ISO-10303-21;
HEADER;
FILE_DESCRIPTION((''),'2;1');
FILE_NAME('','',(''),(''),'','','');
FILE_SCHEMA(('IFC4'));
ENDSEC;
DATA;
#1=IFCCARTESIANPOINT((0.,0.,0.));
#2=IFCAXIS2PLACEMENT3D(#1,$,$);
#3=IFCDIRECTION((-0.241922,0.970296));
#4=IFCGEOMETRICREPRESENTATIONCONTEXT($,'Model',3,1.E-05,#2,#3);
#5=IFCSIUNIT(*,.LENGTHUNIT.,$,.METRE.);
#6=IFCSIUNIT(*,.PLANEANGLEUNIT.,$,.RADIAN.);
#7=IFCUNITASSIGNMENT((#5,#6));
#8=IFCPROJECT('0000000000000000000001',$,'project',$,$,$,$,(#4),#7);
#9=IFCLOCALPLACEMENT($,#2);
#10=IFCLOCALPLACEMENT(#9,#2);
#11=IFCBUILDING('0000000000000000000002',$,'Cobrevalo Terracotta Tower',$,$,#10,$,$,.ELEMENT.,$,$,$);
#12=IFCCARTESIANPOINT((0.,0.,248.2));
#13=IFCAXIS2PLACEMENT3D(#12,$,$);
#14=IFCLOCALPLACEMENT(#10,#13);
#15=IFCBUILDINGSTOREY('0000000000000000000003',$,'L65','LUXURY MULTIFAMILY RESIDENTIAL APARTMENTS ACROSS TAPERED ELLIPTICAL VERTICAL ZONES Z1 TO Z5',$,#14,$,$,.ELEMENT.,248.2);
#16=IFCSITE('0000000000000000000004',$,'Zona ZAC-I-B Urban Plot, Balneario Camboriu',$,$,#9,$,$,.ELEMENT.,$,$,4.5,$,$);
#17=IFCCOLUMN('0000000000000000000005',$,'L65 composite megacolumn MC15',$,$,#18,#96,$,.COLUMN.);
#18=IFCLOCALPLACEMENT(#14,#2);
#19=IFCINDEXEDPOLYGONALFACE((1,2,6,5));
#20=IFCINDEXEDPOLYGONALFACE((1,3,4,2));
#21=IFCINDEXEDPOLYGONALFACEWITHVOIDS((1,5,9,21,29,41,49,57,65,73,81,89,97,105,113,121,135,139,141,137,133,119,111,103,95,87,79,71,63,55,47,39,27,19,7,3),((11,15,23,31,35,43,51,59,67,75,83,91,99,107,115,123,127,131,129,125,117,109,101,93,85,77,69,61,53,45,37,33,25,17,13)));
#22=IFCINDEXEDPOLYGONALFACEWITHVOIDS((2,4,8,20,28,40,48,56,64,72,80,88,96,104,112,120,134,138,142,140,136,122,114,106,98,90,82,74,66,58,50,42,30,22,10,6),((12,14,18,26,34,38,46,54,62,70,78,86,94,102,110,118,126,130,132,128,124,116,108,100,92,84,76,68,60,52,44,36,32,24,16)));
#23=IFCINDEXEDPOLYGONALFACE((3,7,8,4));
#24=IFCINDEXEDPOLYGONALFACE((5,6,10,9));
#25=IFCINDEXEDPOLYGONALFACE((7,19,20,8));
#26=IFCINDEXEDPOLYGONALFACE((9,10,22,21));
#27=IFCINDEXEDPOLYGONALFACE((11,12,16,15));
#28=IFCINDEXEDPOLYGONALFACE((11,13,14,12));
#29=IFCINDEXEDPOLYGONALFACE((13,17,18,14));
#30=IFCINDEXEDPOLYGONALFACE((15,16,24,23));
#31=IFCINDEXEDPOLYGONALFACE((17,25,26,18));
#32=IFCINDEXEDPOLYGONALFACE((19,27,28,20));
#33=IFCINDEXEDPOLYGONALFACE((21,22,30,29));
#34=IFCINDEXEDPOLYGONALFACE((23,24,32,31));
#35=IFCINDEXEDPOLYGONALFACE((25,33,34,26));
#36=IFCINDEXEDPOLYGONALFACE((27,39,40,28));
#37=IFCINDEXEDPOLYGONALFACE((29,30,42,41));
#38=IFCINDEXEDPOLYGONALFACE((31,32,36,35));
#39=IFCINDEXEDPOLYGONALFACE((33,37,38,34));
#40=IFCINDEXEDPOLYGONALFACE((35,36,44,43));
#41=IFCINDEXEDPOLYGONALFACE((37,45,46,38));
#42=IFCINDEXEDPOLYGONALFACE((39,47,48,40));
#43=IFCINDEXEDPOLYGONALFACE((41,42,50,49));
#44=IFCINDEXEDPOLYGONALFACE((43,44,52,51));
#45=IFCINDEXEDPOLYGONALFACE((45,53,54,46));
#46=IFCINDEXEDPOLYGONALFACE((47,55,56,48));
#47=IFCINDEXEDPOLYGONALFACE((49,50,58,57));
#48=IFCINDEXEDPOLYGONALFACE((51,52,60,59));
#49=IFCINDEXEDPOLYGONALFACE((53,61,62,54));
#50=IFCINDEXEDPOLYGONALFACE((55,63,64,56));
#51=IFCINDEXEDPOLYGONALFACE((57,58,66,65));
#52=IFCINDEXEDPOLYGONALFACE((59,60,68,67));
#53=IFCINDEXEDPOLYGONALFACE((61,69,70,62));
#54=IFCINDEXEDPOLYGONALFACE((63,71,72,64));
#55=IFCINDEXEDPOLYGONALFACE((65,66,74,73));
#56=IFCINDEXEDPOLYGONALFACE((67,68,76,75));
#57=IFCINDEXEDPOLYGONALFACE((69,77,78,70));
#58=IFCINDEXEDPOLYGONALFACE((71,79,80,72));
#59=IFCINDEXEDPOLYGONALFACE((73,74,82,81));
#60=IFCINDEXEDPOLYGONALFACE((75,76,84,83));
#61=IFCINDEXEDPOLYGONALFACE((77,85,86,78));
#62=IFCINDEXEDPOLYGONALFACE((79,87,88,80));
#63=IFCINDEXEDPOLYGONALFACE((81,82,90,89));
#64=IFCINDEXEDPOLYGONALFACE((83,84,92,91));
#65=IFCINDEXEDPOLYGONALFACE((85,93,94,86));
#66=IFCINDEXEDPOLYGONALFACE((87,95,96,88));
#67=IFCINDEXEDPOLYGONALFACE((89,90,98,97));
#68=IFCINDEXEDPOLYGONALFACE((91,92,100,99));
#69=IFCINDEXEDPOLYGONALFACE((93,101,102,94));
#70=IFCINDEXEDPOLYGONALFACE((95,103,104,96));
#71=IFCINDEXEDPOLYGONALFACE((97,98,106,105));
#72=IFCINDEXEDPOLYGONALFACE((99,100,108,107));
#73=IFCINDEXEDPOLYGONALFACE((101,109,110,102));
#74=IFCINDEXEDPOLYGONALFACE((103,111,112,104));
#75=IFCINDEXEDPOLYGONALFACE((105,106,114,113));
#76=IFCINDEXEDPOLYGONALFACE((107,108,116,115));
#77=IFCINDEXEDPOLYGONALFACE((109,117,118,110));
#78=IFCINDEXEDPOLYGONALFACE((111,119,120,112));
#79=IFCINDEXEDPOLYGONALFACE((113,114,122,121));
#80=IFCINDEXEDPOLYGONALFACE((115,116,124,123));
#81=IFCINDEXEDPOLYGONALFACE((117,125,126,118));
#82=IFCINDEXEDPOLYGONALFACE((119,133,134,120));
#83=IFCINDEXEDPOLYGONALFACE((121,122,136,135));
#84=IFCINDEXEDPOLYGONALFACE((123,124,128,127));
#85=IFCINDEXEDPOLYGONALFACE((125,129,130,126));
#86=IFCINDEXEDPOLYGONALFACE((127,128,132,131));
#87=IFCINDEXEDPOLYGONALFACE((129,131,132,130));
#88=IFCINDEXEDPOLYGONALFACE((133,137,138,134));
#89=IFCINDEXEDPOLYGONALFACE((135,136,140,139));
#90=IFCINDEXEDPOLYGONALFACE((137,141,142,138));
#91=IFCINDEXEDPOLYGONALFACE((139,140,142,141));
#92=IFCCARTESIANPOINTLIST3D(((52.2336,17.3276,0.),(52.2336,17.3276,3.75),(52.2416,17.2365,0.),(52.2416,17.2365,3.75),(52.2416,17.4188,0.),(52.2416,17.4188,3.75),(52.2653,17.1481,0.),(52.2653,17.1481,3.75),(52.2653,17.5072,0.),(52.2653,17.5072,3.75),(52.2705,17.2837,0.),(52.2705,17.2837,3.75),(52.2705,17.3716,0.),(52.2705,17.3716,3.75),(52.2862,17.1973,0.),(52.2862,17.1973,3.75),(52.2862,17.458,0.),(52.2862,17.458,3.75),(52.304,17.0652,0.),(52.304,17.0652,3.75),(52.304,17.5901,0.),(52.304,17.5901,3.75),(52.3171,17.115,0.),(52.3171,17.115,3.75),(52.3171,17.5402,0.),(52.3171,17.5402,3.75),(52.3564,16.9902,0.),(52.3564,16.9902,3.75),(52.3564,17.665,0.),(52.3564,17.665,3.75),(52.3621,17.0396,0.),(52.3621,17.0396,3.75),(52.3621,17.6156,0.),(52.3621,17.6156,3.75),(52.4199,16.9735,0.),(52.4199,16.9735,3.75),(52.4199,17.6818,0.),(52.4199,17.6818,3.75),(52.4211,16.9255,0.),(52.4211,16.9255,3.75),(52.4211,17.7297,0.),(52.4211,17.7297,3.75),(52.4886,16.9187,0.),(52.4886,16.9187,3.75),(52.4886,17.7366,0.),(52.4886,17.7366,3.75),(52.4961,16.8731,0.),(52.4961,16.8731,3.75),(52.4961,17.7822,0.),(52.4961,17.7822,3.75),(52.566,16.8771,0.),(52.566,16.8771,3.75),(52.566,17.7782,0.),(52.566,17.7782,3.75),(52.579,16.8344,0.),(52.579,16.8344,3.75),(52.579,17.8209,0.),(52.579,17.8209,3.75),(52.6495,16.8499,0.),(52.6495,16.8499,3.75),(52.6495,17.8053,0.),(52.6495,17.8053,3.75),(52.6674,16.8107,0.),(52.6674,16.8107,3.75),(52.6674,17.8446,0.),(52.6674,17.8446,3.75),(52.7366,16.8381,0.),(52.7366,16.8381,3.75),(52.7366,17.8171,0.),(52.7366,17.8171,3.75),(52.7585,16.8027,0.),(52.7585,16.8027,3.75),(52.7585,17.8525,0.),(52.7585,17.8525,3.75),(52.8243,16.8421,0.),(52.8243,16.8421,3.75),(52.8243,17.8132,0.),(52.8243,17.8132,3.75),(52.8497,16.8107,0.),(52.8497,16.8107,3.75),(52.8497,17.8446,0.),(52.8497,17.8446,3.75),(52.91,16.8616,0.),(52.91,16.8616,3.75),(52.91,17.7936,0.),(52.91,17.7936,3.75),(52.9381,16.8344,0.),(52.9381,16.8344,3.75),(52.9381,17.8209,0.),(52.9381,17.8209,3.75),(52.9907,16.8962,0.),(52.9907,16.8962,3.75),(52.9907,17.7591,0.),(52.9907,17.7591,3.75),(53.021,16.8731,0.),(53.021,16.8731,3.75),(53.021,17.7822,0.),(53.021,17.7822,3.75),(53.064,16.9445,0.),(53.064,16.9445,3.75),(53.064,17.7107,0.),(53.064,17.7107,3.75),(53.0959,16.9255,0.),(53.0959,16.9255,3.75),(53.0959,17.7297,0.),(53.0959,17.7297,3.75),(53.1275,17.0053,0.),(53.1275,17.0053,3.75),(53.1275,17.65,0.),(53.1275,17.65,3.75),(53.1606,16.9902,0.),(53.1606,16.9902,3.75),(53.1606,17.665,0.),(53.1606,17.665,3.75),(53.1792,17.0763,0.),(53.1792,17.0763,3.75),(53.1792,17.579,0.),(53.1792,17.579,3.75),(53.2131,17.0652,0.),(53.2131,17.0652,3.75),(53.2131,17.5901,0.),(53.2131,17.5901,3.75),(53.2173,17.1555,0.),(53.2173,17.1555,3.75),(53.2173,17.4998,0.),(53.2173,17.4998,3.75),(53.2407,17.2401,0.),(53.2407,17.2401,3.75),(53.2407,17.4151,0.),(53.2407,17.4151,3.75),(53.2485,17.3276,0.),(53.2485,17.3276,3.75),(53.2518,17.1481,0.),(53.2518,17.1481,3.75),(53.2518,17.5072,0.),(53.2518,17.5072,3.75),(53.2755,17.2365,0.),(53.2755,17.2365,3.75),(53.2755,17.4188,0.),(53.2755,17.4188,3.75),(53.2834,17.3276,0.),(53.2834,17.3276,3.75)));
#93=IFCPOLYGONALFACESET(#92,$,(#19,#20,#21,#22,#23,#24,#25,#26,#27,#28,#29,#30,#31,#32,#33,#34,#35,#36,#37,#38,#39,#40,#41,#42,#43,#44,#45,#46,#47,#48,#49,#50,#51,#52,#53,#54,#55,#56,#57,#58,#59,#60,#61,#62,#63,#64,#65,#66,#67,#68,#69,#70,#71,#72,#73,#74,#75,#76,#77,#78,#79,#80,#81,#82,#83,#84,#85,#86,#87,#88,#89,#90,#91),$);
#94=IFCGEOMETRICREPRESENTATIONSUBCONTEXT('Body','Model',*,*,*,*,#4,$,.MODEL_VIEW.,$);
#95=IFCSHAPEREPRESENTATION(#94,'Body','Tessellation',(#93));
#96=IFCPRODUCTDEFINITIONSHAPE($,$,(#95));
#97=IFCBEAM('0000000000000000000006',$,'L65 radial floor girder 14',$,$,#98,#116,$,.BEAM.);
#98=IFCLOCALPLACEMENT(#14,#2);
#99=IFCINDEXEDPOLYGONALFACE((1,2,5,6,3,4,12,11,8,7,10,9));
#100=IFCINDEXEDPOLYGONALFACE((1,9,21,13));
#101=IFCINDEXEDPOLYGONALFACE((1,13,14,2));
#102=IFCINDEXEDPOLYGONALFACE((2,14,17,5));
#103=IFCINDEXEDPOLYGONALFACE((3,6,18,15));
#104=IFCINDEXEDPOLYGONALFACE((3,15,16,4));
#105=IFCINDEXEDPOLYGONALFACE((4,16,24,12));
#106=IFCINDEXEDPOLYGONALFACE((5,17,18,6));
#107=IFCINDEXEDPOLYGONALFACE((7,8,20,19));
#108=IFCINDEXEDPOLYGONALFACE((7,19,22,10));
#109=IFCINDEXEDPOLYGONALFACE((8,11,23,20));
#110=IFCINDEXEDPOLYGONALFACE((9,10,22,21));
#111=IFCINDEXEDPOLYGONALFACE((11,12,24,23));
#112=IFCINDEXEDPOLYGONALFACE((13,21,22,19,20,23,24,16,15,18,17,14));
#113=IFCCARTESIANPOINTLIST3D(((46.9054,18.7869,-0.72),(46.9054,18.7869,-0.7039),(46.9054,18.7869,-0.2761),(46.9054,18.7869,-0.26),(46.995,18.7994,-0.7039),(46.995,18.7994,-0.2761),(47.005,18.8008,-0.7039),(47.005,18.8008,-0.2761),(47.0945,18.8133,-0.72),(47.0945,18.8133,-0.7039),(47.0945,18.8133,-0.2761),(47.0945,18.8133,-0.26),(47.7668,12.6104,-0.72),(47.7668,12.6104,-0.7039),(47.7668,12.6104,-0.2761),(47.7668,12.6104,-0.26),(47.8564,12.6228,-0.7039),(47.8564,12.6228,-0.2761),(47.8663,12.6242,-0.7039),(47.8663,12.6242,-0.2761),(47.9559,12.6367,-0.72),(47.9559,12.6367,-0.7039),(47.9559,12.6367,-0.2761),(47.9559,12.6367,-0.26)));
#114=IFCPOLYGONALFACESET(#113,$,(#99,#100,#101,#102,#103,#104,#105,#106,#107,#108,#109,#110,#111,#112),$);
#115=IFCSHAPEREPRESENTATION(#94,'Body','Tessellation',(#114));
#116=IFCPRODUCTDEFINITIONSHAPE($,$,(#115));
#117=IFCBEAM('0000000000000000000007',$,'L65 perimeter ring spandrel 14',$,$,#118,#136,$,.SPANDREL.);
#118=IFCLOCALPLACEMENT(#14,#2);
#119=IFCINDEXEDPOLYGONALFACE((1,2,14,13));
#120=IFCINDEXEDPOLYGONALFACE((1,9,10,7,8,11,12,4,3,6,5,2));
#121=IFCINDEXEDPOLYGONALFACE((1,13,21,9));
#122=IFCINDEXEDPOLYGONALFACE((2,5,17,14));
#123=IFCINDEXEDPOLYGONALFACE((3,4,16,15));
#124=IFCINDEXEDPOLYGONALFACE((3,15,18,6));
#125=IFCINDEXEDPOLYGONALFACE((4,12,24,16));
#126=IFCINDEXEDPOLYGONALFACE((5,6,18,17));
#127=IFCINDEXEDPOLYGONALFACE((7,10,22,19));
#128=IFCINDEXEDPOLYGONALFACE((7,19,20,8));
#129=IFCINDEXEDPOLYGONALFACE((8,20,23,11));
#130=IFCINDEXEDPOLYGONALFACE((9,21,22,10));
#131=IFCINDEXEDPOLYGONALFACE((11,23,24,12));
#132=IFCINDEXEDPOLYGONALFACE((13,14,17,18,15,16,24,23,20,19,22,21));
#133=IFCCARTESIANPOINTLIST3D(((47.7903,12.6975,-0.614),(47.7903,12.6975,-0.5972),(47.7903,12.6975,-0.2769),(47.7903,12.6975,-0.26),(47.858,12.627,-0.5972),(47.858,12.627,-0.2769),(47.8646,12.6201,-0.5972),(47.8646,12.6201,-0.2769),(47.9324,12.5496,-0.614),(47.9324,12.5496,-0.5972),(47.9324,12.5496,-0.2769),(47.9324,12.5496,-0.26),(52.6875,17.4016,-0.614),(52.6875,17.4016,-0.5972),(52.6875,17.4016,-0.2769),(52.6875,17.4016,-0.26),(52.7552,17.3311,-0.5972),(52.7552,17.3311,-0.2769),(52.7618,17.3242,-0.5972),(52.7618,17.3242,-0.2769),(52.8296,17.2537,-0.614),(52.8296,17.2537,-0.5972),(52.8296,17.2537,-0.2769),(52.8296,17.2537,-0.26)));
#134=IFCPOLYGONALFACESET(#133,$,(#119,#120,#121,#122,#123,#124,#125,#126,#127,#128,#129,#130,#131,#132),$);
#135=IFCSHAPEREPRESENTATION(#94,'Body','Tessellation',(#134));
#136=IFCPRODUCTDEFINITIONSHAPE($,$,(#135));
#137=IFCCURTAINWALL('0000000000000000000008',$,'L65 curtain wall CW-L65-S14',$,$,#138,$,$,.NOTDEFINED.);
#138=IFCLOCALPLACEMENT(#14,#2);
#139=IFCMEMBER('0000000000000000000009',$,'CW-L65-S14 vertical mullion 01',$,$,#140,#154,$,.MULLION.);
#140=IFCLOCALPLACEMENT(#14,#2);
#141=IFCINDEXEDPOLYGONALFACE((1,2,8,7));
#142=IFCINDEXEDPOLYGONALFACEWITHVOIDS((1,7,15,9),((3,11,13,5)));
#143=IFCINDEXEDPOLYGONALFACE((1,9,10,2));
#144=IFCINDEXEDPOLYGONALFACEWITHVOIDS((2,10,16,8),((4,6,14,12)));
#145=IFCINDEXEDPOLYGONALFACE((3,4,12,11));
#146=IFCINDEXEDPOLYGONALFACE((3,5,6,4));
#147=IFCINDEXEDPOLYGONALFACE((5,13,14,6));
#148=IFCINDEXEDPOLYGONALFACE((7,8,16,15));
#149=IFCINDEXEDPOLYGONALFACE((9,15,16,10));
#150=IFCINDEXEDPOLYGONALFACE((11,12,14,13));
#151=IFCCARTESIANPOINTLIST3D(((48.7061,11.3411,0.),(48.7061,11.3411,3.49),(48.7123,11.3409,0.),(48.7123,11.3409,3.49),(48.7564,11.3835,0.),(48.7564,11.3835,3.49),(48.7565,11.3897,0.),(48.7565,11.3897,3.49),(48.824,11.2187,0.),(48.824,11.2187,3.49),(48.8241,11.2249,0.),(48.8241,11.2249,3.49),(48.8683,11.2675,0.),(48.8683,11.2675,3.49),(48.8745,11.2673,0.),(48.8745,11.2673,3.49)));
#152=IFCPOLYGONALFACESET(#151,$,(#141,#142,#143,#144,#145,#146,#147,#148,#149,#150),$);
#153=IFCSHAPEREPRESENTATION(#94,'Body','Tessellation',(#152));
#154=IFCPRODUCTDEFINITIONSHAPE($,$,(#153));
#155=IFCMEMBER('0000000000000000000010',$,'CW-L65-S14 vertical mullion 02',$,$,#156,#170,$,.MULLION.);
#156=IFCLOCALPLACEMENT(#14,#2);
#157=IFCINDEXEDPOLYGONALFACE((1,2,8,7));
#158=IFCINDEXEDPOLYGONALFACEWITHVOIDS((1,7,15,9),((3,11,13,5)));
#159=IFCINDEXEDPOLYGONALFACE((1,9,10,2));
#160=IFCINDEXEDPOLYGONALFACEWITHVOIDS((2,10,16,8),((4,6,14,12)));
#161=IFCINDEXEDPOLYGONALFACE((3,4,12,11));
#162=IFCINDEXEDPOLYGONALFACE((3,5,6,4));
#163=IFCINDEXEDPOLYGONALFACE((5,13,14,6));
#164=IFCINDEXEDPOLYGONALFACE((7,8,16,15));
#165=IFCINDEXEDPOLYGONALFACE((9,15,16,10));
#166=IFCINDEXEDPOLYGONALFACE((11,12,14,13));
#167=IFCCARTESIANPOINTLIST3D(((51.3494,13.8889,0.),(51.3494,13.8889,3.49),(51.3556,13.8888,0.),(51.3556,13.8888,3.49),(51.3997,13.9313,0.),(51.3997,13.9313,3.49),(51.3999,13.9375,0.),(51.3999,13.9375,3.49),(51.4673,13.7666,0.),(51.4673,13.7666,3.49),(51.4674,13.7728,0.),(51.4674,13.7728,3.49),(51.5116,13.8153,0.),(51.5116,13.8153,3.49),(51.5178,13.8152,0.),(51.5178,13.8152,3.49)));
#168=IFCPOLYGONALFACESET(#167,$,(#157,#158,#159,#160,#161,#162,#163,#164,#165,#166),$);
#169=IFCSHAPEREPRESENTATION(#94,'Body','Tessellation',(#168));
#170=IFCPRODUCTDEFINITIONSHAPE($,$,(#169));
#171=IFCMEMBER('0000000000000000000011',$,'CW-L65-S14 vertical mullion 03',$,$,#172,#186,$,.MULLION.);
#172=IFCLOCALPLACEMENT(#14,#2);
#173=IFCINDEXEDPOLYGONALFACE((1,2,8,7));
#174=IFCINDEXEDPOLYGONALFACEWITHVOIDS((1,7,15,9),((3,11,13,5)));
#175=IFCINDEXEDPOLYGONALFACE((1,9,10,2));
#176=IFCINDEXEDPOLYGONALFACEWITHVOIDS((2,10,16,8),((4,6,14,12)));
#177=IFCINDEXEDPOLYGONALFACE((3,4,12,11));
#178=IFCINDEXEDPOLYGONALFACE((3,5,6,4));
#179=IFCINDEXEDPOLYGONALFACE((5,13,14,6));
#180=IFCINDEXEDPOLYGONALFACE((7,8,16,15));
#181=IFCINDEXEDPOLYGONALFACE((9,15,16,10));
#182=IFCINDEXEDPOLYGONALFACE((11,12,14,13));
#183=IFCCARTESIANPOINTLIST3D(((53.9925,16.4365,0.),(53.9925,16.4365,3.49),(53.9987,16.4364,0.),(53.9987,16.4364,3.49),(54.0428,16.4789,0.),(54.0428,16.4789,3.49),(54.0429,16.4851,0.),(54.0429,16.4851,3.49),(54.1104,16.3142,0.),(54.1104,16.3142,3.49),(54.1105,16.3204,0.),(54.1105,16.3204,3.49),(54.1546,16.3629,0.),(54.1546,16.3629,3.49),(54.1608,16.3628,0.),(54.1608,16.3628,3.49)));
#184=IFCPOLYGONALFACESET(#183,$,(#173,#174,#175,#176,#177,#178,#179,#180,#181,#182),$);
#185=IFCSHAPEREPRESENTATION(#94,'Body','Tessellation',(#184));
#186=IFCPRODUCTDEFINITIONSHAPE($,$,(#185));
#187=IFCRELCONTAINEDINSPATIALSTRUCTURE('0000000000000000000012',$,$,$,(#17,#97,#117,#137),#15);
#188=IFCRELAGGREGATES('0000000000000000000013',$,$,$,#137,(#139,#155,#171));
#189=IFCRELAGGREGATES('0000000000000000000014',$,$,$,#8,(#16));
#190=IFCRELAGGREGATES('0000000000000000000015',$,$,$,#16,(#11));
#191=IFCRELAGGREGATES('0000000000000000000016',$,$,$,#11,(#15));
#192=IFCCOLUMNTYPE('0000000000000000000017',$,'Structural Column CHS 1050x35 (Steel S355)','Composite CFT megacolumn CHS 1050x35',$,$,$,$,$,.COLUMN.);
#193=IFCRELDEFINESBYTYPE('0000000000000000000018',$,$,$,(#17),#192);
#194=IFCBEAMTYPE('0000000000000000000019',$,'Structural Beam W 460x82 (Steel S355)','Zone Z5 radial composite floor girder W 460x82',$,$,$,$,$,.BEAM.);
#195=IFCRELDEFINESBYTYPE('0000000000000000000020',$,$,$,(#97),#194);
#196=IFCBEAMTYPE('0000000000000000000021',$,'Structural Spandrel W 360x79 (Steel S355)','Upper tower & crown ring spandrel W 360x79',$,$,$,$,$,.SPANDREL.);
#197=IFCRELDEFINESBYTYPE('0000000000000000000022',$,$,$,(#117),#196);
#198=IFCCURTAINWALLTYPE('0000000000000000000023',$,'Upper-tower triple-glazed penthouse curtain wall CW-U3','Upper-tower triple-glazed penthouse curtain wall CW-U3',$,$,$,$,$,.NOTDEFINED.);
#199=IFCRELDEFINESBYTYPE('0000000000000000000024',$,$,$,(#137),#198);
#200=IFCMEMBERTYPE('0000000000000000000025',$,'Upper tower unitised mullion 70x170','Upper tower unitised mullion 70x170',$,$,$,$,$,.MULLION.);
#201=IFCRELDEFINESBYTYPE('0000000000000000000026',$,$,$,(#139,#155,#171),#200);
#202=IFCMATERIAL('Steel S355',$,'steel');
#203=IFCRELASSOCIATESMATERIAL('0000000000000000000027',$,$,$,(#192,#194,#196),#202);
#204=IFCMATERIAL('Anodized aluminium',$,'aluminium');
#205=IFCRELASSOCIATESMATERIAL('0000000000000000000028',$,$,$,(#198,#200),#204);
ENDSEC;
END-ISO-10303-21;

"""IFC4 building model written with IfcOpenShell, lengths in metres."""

from ifc_helpers import new_model, si_unit, direction, frame, origin, origin_2d, place, context, subcontext, project, spatial, hollow_rectangle, hollow_circle, i_section, extrude, source, transform, mapped, material, material_profile, profile_set, type_object, element, aggregate, save


model = new_model("IFC4")

# Units and contexts
model_context = context("Model", 3, precision=1e-05, world=origin(), true_north=direction((-0.241922, 0.970296)))
body_context = subcontext(model_context, "Body", "Model", "MODEL_VIEW")
ifc_project = project(units=[si_unit("LENGTHUNIT", "METRE"), si_unit("PLANEANGLEUNIT", "RADIAN")], contexts=[model_context])

# Site, building, storey
site_placement = place(None, origin())
site = spatial("IfcSite", under=ifc_project, at=site_placement, Name="Zona ZAC-I-B Urban Plot, Balneario Camboriu", CompositionType="ELEMENT", RefElevation=4.5)
building_placement = place(site_placement, origin())
building = spatial("IfcBuilding", under=site, at=building_placement, Name="Cobrevalo Terracotta Tower", CompositionType="ELEMENT")
storey_placement = place(building_placement, frame((0.0, 0.0, 248.2)))
storey = spatial("IfcBuildingStorey", under=building, at=storey_placement, Name="L65", Description="LUXURY MULTIFAMILY RESIDENTIAL APARTMENTS ACROSS TAPERED ELLIPTICAL VERTICAL ZONES Z1 TO Z5", CompositionType="ELEMENT", Elevation=248.2)

# Column
ifc_material_1 = material(Name="Steel S355", Category="steel")
ifc_material_profile_1 = material_profile(ifc_material_1, hollow_circle(Radius=0.5249, WallThickness=0.0349, at=origin_2d()), Name="CHS 1050x35")
ifc_profile_set_1 = profile_set([ifc_material_profile_1], Name="Steel S355")
column_type = type_object("IfcColumnType", Name="Structural Column CHS 1050x35 (Steel S355)", Description="Composite CFT megacolumn CHS 1050x35", PredefinedType="COLUMN", material=ifc_profile_set_1)
column_placement = place(storey_placement, frame((52.7585, 17.3276, 0.0), z_axis=(0.0, 0.0, 1.0), x_axis=(1.0, 0.0, 0.0)))
element("IfcColumn", 1, at=column_placement, inside=storey, type_object=column_type, Name="L65 composite megacolumn MC15", PredefinedType="COLUMN", context=body_context, shape_type="SweptSolid", body=[
    extrude(hollow_circle(Radius=0.5249, WallThickness=0.0349, at=origin_2d()), origin(), (0.0, 0.0, 1.0), 3.75),
])

# Beams
ifc_material_profile_2 = material_profile(ifc_material_1, i_section(OverallWidth=0.1909, OverallDepth=0.46, WebThickness=0.01, FlangeThickness=0.0161, at=origin_2d()), Name="W 460x82")
ifc_profile_set_2 = profile_set([ifc_material_profile_2], Name="Steel S355")
beam_type_1 = type_object("IfcBeamType", Name="Structural Beam W 460x82 (Steel S355)", Description="Zone Z5 radial composite floor girder W 460x82", PredefinedType="BEAM", material=ifc_profile_set_2)
beam_1_placement = place(storey_placement, frame((47.8613, 12.6235, -0.49), z_axis=(-0.138116, 0.990416, 0.0), x_axis=(-0.990416, -0.138116, 0.0)))
element("IfcBeam", 2, at=beam_1_placement, inside=storey, type_object=beam_type_1, Name="L65 radial floor girder 14", PredefinedType="BEAM", context=body_context, shape_type="SweptSolid", body=[
    extrude(i_section(OverallWidth=0.1909, OverallDepth=0.46, WebThickness=0.01, FlangeThickness=0.0161, at=origin_2d()), origin(), (0.0, 0.0, 1.0), 6.2363),
])
ifc_material_profile_3 = material_profile(ifc_material_1, i_section(OverallWidth=0.2051, OverallDepth=0.354, WebThickness=0.0095, FlangeThickness=0.0168, at=origin_2d()), Name="W 360x79")
ifc_profile_set_3 = profile_set([ifc_material_profile_3], Name="Steel S355")
beam_type_2 = type_object("IfcBeamType", Name="Structural Spandrel W 360x79 (Steel S355)", Description="Upper tower & crown ring spandrel W 360x79", PredefinedType="SPANDREL", material=ifc_profile_set_3)
beam_2_placement = place(storey_placement, frame((47.8613, 12.6235, -0.437), z_axis=(0.721183, 0.692744, 0.0), x_axis=(-0.692744, 0.721183, 0.0)))
element("IfcBeam", 3, at=beam_2_placement, inside=storey, type_object=beam_type_2, Name="L65 perimeter ring spandrel 14", PredefinedType="SPANDREL", context=body_context, shape_type="SweptSolid", body=[
    extrude(i_section(OverallWidth=0.2051, OverallDepth=0.354, WebThickness=0.0095, FlangeThickness=0.0168, at=origin_2d()), origin(), (0.0, 0.0, 1.0), 6.7905),
])

# Curtain wall, members
ifc_material_2 = material(Name="Anodized aluminium", Category="aluminium")
curtain_wall_type = type_object("IfcCurtainWallType", Name="Upper-tower triple-glazed penthouse curtain wall CW-U3", Description="Upper-tower triple-glazed penthouse curtain wall CW-U3", PredefinedType="NOTDEFINED", material=ifc_material_2)
curtain_wall_1_placement = place(storey_placement, origin())
curtain_wall_1 = element("IfcCurtainWall", 4, at=curtain_wall_1_placement, inside=storey, type_object=curtain_wall_type, Name="L65 curtain wall CW-L65-S14", PredefinedType="NOTDEFINED")
ifc_material_profile_4 = material_profile(ifc_material_2, hollow_rectangle(XDim=0.0701, YDim=0.1699, WallThickness=0.0044, at=origin_2d()), Name="CWM 70x170")
ifc_profile_set_4 = profile_set([ifc_material_profile_4], Name="Anodized aluminium")
member_type_1 = type_object("IfcMemberType", Name="Upper tower unitised mullion 70x170", Description="Upper tower unitised mullion 70x170", PredefinedType="MULLION", material=ifc_profile_set_4)
shared_shape_1 = source(origin(), body_context, "Body", "SweptSolid", [
    extrude(hollow_rectangle(XDim=0.0701, YDim=0.1699, WallThickness=0.0044, at=origin_2d()), origin(), (0.0, 0.0, 1.0), 3.49),
])
member_1_placement = place(storey_placement, frame((48.7903, 11.3042, 0.0), z_axis=(0.0, 0.0, 1.0), x_axis=(0.719994, 0.69398, 0.0)))
member_1 = element("IfcMember", 5, at=member_1_placement, type_object=member_type_1, Name="CW-L65-S14 vertical mullion 01", PredefinedType="MULLION", context=body_context, shape_type="MappedRepresentation", body=[
    mapped(shared_shape_1, transform((0.0, 0.0, 0.0), scale=1.0)),
])
member_2_placement = place(storey_placement, frame((51.4336, 13.8521, 0.0), z_axis=(0.0, 0.0, 1.0), x_axis=(0.719994, 0.69398, 0.0)))
member_2 = element("IfcMember", 6, at=member_2_placement, type_object=member_type_1, Name="CW-L65-S14 vertical mullion 02", PredefinedType="MULLION", context=body_context, shape_type="MappedRepresentation", body=[
    mapped(shared_shape_1, transform((0.0, 0.0, 0.0), scale=1.0)),
])
member_3_placement = place(storey_placement, frame((54.0767, 16.3997, 0.0), z_axis=(0.0, 0.0, 1.0), x_axis=(0.719994, 0.69398, 0.0)))
member_3 = element("IfcMember", 7, at=member_3_placement, type_object=member_type_1, Name="CW-L65-S14 vertical mullion 03", PredefinedType="MULLION", context=body_context, shape_type="MappedRepresentation", body=[
    mapped(shared_shape_1, transform((0.0, 0.0, 0.0), scale=1.0)),
])

aggregate(curtain_wall_1, [member_1, member_2, member_3])

save(model, "model.ifc")
